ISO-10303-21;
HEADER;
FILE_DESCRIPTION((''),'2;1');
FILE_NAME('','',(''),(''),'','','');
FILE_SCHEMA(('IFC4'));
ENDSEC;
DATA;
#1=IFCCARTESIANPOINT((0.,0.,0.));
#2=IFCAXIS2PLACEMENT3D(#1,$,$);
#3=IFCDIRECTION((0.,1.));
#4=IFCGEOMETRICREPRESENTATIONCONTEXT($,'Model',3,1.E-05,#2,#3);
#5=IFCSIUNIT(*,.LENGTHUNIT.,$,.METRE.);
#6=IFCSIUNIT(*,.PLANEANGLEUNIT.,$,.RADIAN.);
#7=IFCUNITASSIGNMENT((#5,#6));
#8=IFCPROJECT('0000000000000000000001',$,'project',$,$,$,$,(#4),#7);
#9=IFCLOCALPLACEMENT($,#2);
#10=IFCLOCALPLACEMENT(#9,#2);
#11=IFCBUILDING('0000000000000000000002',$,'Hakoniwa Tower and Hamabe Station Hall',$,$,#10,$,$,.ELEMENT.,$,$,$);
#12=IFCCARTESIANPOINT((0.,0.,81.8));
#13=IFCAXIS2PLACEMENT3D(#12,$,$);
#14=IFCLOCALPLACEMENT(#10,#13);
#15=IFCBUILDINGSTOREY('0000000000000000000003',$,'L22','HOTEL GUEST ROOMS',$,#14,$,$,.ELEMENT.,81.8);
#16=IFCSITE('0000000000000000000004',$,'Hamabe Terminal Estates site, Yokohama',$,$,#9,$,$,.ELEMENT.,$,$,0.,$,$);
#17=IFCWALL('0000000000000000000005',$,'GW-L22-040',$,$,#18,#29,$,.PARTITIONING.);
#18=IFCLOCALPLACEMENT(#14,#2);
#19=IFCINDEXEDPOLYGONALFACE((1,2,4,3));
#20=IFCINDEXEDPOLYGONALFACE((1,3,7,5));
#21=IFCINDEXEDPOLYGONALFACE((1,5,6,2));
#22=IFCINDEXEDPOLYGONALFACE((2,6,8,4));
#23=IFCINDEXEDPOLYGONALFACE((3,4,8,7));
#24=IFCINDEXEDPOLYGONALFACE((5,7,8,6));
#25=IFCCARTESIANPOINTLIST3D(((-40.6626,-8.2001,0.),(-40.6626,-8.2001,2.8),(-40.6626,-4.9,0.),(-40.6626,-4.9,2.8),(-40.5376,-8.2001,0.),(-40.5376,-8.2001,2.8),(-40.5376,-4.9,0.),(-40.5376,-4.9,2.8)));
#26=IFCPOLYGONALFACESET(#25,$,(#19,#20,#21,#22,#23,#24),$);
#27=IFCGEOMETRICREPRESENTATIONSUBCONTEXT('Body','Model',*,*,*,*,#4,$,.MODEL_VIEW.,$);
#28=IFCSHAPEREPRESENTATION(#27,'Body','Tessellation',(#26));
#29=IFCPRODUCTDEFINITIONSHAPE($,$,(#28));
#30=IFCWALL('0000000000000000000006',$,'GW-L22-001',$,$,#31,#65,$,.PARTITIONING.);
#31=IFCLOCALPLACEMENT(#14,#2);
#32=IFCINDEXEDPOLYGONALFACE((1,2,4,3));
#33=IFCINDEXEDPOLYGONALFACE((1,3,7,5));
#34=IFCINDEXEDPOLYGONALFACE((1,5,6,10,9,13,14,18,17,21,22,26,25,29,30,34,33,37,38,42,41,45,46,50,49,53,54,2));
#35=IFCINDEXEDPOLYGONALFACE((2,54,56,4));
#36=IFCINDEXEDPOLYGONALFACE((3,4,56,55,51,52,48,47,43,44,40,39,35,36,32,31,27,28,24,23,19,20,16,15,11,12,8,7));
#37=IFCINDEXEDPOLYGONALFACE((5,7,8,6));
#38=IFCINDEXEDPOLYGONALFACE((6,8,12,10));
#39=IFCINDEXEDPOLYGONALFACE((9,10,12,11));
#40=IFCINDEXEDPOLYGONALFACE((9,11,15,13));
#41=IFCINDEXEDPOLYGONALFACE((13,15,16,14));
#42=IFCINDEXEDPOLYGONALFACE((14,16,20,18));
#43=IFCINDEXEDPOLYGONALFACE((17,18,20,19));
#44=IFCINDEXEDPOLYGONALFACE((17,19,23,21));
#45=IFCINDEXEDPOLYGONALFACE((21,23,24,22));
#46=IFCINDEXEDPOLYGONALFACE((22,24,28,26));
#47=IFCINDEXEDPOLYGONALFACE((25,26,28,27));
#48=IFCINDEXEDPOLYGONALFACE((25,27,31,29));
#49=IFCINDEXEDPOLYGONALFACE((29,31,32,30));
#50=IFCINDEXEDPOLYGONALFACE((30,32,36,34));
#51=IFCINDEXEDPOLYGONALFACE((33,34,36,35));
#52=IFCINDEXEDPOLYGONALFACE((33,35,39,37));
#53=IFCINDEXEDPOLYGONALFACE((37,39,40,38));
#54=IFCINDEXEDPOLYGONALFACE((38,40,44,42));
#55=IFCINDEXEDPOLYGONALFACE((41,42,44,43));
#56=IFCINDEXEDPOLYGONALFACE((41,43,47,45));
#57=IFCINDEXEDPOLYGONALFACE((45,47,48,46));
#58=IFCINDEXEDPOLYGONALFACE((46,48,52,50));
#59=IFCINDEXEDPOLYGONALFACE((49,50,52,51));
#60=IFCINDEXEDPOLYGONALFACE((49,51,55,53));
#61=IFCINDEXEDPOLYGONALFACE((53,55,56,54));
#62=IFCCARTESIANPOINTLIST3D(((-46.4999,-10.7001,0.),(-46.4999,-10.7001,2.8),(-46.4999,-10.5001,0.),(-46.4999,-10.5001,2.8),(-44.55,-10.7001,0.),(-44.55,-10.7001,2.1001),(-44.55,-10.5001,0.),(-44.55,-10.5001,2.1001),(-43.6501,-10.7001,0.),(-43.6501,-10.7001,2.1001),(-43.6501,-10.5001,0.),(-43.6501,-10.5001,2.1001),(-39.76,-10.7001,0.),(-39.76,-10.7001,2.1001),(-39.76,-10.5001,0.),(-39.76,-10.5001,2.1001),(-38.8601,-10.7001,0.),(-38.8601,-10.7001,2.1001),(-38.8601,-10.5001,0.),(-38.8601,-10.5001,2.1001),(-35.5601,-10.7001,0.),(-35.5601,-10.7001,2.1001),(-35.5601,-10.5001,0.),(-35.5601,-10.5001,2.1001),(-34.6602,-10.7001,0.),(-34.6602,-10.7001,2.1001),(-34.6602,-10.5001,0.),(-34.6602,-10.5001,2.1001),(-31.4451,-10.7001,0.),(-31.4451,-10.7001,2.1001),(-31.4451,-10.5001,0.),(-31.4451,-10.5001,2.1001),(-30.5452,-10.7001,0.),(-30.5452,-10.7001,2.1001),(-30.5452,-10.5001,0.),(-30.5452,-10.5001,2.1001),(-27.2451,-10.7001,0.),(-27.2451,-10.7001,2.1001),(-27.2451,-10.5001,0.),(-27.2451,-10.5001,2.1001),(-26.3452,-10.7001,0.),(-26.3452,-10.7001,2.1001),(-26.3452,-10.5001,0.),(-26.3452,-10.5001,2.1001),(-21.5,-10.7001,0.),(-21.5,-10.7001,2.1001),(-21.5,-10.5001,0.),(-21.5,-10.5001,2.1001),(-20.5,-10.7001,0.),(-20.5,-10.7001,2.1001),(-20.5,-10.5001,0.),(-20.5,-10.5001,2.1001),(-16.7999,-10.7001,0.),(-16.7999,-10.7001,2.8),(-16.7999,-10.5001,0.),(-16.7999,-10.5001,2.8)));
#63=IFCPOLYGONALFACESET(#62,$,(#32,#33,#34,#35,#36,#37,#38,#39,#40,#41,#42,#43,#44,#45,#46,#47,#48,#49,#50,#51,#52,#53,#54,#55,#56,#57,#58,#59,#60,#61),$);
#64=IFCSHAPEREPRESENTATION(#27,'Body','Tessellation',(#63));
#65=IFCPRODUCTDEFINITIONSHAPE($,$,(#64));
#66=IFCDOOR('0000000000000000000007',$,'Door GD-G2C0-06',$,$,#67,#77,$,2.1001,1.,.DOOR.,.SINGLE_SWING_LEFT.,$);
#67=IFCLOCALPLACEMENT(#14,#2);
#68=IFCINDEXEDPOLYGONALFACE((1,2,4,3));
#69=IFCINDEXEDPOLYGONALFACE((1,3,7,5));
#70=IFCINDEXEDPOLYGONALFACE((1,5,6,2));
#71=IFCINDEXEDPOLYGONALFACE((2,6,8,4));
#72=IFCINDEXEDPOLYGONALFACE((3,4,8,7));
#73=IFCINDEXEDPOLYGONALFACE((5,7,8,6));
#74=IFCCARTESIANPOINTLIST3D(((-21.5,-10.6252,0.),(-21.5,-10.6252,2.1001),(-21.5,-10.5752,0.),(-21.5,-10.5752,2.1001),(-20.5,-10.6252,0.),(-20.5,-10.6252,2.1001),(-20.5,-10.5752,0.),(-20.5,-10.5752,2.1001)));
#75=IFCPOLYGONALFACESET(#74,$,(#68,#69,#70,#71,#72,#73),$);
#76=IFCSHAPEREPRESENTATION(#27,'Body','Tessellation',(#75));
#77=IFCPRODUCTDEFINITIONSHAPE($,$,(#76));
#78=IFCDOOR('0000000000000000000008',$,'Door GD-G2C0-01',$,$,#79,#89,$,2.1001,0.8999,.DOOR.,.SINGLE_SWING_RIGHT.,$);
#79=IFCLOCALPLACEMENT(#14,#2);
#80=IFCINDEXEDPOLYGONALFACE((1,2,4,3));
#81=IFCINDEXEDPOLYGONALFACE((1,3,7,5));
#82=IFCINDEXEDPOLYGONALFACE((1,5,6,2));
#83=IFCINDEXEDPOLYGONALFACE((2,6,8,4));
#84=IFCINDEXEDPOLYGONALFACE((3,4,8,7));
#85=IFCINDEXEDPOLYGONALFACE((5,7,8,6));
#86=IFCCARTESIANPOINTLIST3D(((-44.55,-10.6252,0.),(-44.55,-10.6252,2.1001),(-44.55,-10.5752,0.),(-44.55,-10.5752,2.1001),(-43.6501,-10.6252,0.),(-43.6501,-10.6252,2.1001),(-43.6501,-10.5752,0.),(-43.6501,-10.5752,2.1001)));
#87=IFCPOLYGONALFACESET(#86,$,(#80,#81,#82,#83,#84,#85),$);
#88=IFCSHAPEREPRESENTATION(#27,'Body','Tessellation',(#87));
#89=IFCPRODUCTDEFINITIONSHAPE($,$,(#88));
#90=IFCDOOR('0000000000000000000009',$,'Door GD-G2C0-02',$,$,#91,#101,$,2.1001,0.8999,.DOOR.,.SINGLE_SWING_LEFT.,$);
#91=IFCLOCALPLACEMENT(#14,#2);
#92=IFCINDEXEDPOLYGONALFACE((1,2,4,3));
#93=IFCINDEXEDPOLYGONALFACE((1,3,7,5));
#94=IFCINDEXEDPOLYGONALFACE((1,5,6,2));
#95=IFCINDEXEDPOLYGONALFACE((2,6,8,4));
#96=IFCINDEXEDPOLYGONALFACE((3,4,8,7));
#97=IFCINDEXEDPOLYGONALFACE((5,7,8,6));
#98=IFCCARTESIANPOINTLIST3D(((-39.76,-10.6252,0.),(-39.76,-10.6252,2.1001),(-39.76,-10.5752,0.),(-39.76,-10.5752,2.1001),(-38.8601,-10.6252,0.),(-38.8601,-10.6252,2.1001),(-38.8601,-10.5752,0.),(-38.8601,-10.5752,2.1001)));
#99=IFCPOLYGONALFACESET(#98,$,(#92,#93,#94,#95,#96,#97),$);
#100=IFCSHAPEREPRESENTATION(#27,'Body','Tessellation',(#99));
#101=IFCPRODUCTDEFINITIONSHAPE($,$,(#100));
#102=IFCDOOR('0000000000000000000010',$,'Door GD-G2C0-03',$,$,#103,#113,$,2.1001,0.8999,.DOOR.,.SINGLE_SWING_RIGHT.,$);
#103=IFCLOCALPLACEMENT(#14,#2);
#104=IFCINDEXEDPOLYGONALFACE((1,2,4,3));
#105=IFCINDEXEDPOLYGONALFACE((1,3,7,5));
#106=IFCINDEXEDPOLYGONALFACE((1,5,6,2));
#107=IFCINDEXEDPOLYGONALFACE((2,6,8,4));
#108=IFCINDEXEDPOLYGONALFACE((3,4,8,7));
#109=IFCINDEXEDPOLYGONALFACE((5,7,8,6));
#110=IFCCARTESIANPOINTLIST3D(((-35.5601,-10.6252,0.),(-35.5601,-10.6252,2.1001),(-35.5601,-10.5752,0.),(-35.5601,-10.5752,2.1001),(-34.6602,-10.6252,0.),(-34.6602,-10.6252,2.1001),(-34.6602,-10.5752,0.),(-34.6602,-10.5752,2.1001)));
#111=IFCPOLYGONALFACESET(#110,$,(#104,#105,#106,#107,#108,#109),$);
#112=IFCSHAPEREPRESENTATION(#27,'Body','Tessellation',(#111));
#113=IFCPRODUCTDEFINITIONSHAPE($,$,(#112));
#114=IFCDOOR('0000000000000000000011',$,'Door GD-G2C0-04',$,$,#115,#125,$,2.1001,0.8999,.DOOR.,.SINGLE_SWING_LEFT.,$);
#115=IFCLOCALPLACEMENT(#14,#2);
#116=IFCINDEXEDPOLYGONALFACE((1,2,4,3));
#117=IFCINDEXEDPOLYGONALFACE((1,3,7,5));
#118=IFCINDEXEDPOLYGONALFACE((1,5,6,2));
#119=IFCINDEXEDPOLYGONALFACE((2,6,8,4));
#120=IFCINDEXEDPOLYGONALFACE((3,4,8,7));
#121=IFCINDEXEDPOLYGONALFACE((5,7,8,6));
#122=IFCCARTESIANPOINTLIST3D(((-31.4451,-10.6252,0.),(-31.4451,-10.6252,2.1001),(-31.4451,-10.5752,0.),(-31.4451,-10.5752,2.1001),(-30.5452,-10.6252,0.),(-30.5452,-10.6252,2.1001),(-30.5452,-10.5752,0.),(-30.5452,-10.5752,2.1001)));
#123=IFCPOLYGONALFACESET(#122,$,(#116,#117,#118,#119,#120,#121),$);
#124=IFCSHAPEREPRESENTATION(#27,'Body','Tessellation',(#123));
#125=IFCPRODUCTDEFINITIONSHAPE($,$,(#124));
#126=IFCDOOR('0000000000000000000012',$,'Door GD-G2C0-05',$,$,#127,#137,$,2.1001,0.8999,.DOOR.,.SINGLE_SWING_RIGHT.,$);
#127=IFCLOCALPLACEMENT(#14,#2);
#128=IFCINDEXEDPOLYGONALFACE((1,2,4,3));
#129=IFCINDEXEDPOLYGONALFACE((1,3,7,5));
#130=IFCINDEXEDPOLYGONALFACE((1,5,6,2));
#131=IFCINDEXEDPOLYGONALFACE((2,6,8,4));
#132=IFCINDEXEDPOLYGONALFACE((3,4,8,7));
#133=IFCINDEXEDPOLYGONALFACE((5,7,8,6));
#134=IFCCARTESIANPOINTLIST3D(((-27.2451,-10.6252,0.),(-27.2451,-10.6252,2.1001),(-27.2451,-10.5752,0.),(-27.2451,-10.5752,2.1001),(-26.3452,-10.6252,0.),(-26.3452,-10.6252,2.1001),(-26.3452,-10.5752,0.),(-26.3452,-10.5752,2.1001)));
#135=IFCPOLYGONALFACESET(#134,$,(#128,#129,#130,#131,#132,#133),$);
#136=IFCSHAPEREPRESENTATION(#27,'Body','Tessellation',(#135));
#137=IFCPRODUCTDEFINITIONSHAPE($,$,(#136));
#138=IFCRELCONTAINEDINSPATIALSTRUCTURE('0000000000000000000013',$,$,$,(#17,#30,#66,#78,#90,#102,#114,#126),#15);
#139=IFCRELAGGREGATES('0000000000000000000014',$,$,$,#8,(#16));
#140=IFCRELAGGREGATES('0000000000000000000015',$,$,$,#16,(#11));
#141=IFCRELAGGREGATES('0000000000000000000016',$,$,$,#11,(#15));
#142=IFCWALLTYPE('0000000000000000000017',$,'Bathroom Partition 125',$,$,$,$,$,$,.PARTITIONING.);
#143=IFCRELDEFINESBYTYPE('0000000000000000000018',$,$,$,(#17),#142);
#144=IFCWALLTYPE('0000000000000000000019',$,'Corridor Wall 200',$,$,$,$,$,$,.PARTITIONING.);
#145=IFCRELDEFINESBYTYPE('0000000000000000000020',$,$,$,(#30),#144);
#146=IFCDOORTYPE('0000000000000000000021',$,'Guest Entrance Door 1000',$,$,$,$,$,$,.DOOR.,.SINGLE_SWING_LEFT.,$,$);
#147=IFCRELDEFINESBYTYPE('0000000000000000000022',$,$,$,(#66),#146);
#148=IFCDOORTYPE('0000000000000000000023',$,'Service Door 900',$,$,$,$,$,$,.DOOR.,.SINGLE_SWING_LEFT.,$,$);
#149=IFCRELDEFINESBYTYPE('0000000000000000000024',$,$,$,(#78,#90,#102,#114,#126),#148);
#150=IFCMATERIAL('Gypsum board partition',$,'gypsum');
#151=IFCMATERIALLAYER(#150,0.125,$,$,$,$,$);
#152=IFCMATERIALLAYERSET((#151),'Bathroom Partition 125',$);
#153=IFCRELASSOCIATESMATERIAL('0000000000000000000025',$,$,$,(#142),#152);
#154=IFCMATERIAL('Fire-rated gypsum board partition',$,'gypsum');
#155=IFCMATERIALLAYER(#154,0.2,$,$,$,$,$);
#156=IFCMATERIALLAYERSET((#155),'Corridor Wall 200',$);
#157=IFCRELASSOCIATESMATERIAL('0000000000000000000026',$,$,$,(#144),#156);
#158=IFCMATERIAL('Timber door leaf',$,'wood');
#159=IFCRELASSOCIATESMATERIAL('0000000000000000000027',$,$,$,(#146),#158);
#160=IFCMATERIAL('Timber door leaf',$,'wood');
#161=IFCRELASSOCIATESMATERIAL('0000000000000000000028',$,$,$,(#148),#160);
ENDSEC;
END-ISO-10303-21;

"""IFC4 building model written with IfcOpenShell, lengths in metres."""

from ifc_helpers import new_model, si_unit, direction, frame, frame_2d, origin, place, context, subcontext, project, spatial, rectangle, extrude, material, layer, layer_set, type_object, element, fill, save


model = new_model("IFC4")

# Units and contexts
model_context = context("Model", 3, precision=1e-05, world=origin(), true_north=direction((0.0, 1.0)))
body_context = subcontext(model_context, "Body", "Model", "MODEL_VIEW")
ifc_project = project(units=[si_unit("LENGTHUNIT", "METRE"), si_unit("PLANEANGLEUNIT", "RADIAN")], contexts=[model_context])

# Site, building, storey
site_placement = place(None, origin())
site = spatial("IfcSite", under=ifc_project, at=site_placement, Name="Hamabe Terminal Estates site, Yokohama", CompositionType="ELEMENT", RefElevation=0.0)
building_placement = place(site_placement, origin())
building = spatial("IfcBuilding", under=site, at=building_placement, Name="Hakoniwa Tower and Hamabe Station Hall", CompositionType="ELEMENT")
storey_placement = place(building_placement, frame((0.0, 0.0, 81.8)))
storey = spatial("IfcBuildingStorey", under=building, at=storey_placement, Name="L22", Description="HOTEL GUEST ROOMS", CompositionType="ELEMENT", Elevation=81.8)

# Shared definitions
ifc_material_1 = material(Name="Gypsum board partition", Category="gypsum")
ifc_layer_1 = layer(ifc_material_1, 0.125)
ifc_layer_set_1 = layer_set([ifc_layer_1], Name="Bathroom Partition 125")
wall_type_1 = type_object("IfcWallType", Name="Bathroom Partition 125", PredefinedType="PARTITIONING", material=ifc_layer_set_1)

# Wall
wall_1_placement = place(storey_placement, frame((-40.6001, -8.2, 0.0), z_axis=(0.0, 0.0, 1.0), x_axis=(0.0, 1.0, 0.0)))
element("IfcWall", 1, at=wall_1_placement, inside=storey, type_object=wall_type_1, Name="GW-L22-040", PredefinedType="PARTITIONING", context=body_context, shape_type="SweptSolid", body=[
    extrude(rectangle(XDim=3.3, YDim=0.125, at=frame_2d((1.6499, 0.0))), origin(), (0.0, 0.0, 1.0), 2.8),
])

# Wall, openings, doors
ifc_material_2 = material(Name="Fire-rated gypsum board partition", Category="gypsum")
ifc_layer_2 = layer(ifc_material_2, 0.2)
ifc_layer_set_2 = layer_set([ifc_layer_2], Name="Corridor Wall 200")
wall_type_2 = type_object("IfcWallType", Name="Corridor Wall 200", PredefinedType="PARTITIONING", material=ifc_layer_set_2)
wall_2_placement = place(storey_placement, frame((-46.5, -10.6001, 0.0), z_axis=(0.0, 0.0, 1.0), x_axis=(1.0, 0.0, 0.0)))
wall_2 = element("IfcWall", 2, at=wall_2_placement, inside=storey, type_object=wall_type_2, Name="GW-L22-001", PredefinedType="PARTITIONING", context=body_context, shape_type="SweptSolid", body=[
    extrude(rectangle(XDim=29.7, YDim=0.2, at=frame_2d((14.8501, 0.0))), origin(), (0.0, 0.0, 1.0), 2.8),
])
opening_1_placement = place(wall_2_placement, frame((1.95, 0.0, 0.0)))
opening_1 = element("IfcOpeningElement", 3, at=opening_1_placement, cuts=wall_2, PredefinedType="OPENING", context=body_context, shape_type="SweptSolid", body=[
    extrude(rectangle(XDim=0.8999, YDim=2.1001, at=frame_2d((0.45, 1.05))), frame((0.0, 0.1099, 0.0), z_axis=(0.0, -1.0, 0.0), x_axis=(1.0, 0.0, 0.0)), (0.0, 0.0, 1.0), 0.22),
])
opening_2_placement = place(wall_2_placement, frame((6.74, 0.0, 0.0)))
opening_2 = element("IfcOpeningElement", 4, at=opening_2_placement, cuts=wall_2, PredefinedType="OPENING", context=body_context, shape_type="SweptSolid", body=[
    extrude(rectangle(XDim=0.8999, YDim=2.1001, at=frame_2d((0.45, 1.05))), frame((0.0, 0.1099, 0.0), z_axis=(0.0, -1.0, 0.0), x_axis=(1.0, 0.0, 0.0)), (0.0, 0.0, 1.0), 0.22),
])
opening_3_placement = place(wall_2_placement, frame((10.9399, 0.0, 0.0)))
opening_3 = element("IfcOpeningElement", 5, at=opening_3_placement, cuts=wall_2, PredefinedType="OPENING", context=body_context, shape_type="SweptSolid", body=[
    extrude(rectangle(XDim=0.8999, YDim=2.1001, at=frame_2d((0.45, 1.05))), frame((0.0, 0.1099, 0.0), z_axis=(0.0, -1.0, 0.0), x_axis=(1.0, 0.0, 0.0)), (0.0, 0.0, 1.0), 0.22),
])
opening_4_placement = place(wall_2_placement, frame((15.0549, 0.0, 0.0)))
opening_4 = element("IfcOpeningElement", 6, at=opening_4_placement, cuts=wall_2, PredefinedType="OPENING", context=body_context, shape_type="SweptSolid", body=[
    extrude(rectangle(XDim=0.8999, YDim=2.1001, at=frame_2d((0.45, 1.05))), frame((0.0, 0.1099, 0.0), z_axis=(0.0, -1.0, 0.0), x_axis=(1.0, 0.0, 0.0)), (0.0, 0.0, 1.0), 0.22),
])
opening_5_placement = place(wall_2_placement, frame((19.2549, 0.0, 0.0)))
opening_5 = element("IfcOpeningElement", 7, at=opening_5_placement, cuts=wall_2, PredefinedType="OPENING", context=body_context, shape_type="SweptSolid", body=[
    extrude(rectangle(XDim=0.8999, YDim=2.1001, at=frame_2d((0.45, 1.05))), frame((0.0, 0.1099, 0.0), z_axis=(0.0, -1.0, 0.0), x_axis=(1.0, 0.0, 0.0)), (0.0, 0.0, 1.0), 0.22),
])
opening_6_placement = place(wall_2_placement, frame((25.0, 0.0, 0.0)))
opening_6 = element("IfcOpeningElement", 8, at=opening_6_placement, cuts=wall_2, PredefinedType="OPENING", context=body_context, shape_type="SweptSolid", body=[
    extrude(rectangle(XDim=1.0, YDim=2.1001, at=frame_2d((0.5, 1.05))), frame((0.0, 0.1099, 0.0), z_axis=(0.0, -1.0, 0.0), x_axis=(1.0, 0.0, 0.0)), (0.0, 0.0, 1.0), 0.22),
])
ifc_material_3 = material(Name="Timber door leaf", Category="wood")
door_type_1 = type_object("IfcDoorType", Name="Guest Entrance Door 1000", OperationType="SINGLE_SWING_LEFT", PredefinedType="DOOR", material=ifc_material_3)
door_1_placement = place(opening_6_placement, origin())
door_1 = element("IfcDoor", 9, at=door_1_placement, inside=storey, type_object=door_type_1, Name="Door GD-G2C0-06", OperationType="SINGLE_SWING_LEFT", OverallHeight=2.1001, OverallWidth=1.0, PredefinedType="DOOR", context=body_context, shape_type="SweptSolid", body=[
    extrude(rectangle(XDim=1.0, YDim=2.1001, at=frame_2d((0.5, 1.05))), frame((0.0, 0.0249, 0.0), z_axis=(0.0, -1.0, 0.0), x_axis=(1.0, 0.0, 0.0)), (0.0, 0.0, 1.0), 0.05),
])
fill(opening_6, door_1)
ifc_material_4 = material(Name="Timber door leaf", Category="wood")
door_type_2 = type_object("IfcDoorType", Name="Service Door 900", OperationType="SINGLE_SWING_LEFT", PredefinedType="DOOR", material=ifc_material_4)
door_2_placement = place(opening_1_placement, origin())
door_2 = element("IfcDoor", 10, at=door_2_placement, inside=storey, type_object=door_type_2, Name="Door GD-G2C0-01", OperationType="SINGLE_SWING_RIGHT", OverallHeight=2.1001, OverallWidth=0.8999, PredefinedType="DOOR", context=body_context, shape_type="SweptSolid", body=[
    extrude(rectangle(XDim=0.8999, YDim=2.1001, at=frame_2d((0.45, 1.05))), frame((0.0, 0.0249, 0.0), z_axis=(0.0, -1.0, 0.0), x_axis=(1.0, 0.0, 0.0)), (0.0, 0.0, 1.0), 0.05),
])
fill(opening_1, door_2)
door_3_placement = place(opening_2_placement, origin())
door_3 = element("IfcDoor", 11, at=door_3_placement, inside=storey, type_object=door_type_2, Name="Door GD-G2C0-02", OperationType="SINGLE_SWING_LEFT", OverallHeight=2.1001, OverallWidth=0.8999, PredefinedType="DOOR", context=body_context, shape_type="SweptSolid", body=[
    extrude(rectangle(XDim=0.8999, YDim=2.1001, at=frame_2d((0.45, 1.05))), frame((0.0, 0.0249, 0.0), z_axis=(0.0, -1.0, 0.0), x_axis=(1.0, 0.0, 0.0)), (0.0, 0.0, 1.0), 0.05),
])
fill(opening_2, door_3)
door_4_placement = place(opening_3_placement, origin())
door_4 = element("IfcDoor", 12, at=door_4_placement, inside=storey, type_object=door_type_2, Name="Door GD-G2C0-03", OperationType="SINGLE_SWING_RIGHT", OverallHeight=2.1001, OverallWidth=0.8999, PredefinedType="DOOR", context=body_context, shape_type="SweptSolid", body=[
    extrude(rectangle(XDim=0.8999, YDim=2.1001, at=frame_2d((0.45, 1.05))), frame((0.0, 0.0249, 0.0), z_axis=(0.0, -1.0, 0.0), x_axis=(1.0, 0.0, 0.0)), (0.0, 0.0, 1.0), 0.05),
])
fill(opening_3, door_4)
door_5_placement = place(opening_4_placement, origin())
door_5 = element("IfcDoor", 13, at=door_5_placement, inside=storey, type_object=door_type_2, Name="Door GD-G2C0-04", OperationType="SINGLE_SWING_LEFT", OverallHeight=2.1001, OverallWidth=0.8999, PredefinedType="DOOR", context=body_context, shape_type="SweptSolid", body=[
    extrude(rectangle(XDim=0.8999, YDim=2.1001, at=frame_2d((0.45, 1.05))), frame((0.0, 0.0249, 0.0), z_axis=(0.0, -1.0, 0.0), x_axis=(1.0, 0.0, 0.0)), (0.0, 0.0, 1.0), 0.05),
])
fill(opening_4, door_5)
door_6_placement = place(opening_5_placement, origin())
door_6 = element("IfcDoor", 14, at=door_6_placement, inside=storey, type_object=door_type_2, Name="Door GD-G2C0-05", OperationType="SINGLE_SWING_RIGHT", OverallHeight=2.1001, OverallWidth=0.8999, PredefinedType="DOOR", context=body_context, shape_type="SweptSolid", body=[
    extrude(rectangle(XDim=0.8999, YDim=2.1001, at=frame_2d((0.45, 1.05))), frame((0.0, 0.0249, 0.0), z_axis=(0.0, -1.0, 0.0), x_axis=(1.0, 0.0, 0.0)), (0.0, 0.0, 1.0), 0.05),
])
fill(opening_5, door_6)

save(model, "model.ifc")
